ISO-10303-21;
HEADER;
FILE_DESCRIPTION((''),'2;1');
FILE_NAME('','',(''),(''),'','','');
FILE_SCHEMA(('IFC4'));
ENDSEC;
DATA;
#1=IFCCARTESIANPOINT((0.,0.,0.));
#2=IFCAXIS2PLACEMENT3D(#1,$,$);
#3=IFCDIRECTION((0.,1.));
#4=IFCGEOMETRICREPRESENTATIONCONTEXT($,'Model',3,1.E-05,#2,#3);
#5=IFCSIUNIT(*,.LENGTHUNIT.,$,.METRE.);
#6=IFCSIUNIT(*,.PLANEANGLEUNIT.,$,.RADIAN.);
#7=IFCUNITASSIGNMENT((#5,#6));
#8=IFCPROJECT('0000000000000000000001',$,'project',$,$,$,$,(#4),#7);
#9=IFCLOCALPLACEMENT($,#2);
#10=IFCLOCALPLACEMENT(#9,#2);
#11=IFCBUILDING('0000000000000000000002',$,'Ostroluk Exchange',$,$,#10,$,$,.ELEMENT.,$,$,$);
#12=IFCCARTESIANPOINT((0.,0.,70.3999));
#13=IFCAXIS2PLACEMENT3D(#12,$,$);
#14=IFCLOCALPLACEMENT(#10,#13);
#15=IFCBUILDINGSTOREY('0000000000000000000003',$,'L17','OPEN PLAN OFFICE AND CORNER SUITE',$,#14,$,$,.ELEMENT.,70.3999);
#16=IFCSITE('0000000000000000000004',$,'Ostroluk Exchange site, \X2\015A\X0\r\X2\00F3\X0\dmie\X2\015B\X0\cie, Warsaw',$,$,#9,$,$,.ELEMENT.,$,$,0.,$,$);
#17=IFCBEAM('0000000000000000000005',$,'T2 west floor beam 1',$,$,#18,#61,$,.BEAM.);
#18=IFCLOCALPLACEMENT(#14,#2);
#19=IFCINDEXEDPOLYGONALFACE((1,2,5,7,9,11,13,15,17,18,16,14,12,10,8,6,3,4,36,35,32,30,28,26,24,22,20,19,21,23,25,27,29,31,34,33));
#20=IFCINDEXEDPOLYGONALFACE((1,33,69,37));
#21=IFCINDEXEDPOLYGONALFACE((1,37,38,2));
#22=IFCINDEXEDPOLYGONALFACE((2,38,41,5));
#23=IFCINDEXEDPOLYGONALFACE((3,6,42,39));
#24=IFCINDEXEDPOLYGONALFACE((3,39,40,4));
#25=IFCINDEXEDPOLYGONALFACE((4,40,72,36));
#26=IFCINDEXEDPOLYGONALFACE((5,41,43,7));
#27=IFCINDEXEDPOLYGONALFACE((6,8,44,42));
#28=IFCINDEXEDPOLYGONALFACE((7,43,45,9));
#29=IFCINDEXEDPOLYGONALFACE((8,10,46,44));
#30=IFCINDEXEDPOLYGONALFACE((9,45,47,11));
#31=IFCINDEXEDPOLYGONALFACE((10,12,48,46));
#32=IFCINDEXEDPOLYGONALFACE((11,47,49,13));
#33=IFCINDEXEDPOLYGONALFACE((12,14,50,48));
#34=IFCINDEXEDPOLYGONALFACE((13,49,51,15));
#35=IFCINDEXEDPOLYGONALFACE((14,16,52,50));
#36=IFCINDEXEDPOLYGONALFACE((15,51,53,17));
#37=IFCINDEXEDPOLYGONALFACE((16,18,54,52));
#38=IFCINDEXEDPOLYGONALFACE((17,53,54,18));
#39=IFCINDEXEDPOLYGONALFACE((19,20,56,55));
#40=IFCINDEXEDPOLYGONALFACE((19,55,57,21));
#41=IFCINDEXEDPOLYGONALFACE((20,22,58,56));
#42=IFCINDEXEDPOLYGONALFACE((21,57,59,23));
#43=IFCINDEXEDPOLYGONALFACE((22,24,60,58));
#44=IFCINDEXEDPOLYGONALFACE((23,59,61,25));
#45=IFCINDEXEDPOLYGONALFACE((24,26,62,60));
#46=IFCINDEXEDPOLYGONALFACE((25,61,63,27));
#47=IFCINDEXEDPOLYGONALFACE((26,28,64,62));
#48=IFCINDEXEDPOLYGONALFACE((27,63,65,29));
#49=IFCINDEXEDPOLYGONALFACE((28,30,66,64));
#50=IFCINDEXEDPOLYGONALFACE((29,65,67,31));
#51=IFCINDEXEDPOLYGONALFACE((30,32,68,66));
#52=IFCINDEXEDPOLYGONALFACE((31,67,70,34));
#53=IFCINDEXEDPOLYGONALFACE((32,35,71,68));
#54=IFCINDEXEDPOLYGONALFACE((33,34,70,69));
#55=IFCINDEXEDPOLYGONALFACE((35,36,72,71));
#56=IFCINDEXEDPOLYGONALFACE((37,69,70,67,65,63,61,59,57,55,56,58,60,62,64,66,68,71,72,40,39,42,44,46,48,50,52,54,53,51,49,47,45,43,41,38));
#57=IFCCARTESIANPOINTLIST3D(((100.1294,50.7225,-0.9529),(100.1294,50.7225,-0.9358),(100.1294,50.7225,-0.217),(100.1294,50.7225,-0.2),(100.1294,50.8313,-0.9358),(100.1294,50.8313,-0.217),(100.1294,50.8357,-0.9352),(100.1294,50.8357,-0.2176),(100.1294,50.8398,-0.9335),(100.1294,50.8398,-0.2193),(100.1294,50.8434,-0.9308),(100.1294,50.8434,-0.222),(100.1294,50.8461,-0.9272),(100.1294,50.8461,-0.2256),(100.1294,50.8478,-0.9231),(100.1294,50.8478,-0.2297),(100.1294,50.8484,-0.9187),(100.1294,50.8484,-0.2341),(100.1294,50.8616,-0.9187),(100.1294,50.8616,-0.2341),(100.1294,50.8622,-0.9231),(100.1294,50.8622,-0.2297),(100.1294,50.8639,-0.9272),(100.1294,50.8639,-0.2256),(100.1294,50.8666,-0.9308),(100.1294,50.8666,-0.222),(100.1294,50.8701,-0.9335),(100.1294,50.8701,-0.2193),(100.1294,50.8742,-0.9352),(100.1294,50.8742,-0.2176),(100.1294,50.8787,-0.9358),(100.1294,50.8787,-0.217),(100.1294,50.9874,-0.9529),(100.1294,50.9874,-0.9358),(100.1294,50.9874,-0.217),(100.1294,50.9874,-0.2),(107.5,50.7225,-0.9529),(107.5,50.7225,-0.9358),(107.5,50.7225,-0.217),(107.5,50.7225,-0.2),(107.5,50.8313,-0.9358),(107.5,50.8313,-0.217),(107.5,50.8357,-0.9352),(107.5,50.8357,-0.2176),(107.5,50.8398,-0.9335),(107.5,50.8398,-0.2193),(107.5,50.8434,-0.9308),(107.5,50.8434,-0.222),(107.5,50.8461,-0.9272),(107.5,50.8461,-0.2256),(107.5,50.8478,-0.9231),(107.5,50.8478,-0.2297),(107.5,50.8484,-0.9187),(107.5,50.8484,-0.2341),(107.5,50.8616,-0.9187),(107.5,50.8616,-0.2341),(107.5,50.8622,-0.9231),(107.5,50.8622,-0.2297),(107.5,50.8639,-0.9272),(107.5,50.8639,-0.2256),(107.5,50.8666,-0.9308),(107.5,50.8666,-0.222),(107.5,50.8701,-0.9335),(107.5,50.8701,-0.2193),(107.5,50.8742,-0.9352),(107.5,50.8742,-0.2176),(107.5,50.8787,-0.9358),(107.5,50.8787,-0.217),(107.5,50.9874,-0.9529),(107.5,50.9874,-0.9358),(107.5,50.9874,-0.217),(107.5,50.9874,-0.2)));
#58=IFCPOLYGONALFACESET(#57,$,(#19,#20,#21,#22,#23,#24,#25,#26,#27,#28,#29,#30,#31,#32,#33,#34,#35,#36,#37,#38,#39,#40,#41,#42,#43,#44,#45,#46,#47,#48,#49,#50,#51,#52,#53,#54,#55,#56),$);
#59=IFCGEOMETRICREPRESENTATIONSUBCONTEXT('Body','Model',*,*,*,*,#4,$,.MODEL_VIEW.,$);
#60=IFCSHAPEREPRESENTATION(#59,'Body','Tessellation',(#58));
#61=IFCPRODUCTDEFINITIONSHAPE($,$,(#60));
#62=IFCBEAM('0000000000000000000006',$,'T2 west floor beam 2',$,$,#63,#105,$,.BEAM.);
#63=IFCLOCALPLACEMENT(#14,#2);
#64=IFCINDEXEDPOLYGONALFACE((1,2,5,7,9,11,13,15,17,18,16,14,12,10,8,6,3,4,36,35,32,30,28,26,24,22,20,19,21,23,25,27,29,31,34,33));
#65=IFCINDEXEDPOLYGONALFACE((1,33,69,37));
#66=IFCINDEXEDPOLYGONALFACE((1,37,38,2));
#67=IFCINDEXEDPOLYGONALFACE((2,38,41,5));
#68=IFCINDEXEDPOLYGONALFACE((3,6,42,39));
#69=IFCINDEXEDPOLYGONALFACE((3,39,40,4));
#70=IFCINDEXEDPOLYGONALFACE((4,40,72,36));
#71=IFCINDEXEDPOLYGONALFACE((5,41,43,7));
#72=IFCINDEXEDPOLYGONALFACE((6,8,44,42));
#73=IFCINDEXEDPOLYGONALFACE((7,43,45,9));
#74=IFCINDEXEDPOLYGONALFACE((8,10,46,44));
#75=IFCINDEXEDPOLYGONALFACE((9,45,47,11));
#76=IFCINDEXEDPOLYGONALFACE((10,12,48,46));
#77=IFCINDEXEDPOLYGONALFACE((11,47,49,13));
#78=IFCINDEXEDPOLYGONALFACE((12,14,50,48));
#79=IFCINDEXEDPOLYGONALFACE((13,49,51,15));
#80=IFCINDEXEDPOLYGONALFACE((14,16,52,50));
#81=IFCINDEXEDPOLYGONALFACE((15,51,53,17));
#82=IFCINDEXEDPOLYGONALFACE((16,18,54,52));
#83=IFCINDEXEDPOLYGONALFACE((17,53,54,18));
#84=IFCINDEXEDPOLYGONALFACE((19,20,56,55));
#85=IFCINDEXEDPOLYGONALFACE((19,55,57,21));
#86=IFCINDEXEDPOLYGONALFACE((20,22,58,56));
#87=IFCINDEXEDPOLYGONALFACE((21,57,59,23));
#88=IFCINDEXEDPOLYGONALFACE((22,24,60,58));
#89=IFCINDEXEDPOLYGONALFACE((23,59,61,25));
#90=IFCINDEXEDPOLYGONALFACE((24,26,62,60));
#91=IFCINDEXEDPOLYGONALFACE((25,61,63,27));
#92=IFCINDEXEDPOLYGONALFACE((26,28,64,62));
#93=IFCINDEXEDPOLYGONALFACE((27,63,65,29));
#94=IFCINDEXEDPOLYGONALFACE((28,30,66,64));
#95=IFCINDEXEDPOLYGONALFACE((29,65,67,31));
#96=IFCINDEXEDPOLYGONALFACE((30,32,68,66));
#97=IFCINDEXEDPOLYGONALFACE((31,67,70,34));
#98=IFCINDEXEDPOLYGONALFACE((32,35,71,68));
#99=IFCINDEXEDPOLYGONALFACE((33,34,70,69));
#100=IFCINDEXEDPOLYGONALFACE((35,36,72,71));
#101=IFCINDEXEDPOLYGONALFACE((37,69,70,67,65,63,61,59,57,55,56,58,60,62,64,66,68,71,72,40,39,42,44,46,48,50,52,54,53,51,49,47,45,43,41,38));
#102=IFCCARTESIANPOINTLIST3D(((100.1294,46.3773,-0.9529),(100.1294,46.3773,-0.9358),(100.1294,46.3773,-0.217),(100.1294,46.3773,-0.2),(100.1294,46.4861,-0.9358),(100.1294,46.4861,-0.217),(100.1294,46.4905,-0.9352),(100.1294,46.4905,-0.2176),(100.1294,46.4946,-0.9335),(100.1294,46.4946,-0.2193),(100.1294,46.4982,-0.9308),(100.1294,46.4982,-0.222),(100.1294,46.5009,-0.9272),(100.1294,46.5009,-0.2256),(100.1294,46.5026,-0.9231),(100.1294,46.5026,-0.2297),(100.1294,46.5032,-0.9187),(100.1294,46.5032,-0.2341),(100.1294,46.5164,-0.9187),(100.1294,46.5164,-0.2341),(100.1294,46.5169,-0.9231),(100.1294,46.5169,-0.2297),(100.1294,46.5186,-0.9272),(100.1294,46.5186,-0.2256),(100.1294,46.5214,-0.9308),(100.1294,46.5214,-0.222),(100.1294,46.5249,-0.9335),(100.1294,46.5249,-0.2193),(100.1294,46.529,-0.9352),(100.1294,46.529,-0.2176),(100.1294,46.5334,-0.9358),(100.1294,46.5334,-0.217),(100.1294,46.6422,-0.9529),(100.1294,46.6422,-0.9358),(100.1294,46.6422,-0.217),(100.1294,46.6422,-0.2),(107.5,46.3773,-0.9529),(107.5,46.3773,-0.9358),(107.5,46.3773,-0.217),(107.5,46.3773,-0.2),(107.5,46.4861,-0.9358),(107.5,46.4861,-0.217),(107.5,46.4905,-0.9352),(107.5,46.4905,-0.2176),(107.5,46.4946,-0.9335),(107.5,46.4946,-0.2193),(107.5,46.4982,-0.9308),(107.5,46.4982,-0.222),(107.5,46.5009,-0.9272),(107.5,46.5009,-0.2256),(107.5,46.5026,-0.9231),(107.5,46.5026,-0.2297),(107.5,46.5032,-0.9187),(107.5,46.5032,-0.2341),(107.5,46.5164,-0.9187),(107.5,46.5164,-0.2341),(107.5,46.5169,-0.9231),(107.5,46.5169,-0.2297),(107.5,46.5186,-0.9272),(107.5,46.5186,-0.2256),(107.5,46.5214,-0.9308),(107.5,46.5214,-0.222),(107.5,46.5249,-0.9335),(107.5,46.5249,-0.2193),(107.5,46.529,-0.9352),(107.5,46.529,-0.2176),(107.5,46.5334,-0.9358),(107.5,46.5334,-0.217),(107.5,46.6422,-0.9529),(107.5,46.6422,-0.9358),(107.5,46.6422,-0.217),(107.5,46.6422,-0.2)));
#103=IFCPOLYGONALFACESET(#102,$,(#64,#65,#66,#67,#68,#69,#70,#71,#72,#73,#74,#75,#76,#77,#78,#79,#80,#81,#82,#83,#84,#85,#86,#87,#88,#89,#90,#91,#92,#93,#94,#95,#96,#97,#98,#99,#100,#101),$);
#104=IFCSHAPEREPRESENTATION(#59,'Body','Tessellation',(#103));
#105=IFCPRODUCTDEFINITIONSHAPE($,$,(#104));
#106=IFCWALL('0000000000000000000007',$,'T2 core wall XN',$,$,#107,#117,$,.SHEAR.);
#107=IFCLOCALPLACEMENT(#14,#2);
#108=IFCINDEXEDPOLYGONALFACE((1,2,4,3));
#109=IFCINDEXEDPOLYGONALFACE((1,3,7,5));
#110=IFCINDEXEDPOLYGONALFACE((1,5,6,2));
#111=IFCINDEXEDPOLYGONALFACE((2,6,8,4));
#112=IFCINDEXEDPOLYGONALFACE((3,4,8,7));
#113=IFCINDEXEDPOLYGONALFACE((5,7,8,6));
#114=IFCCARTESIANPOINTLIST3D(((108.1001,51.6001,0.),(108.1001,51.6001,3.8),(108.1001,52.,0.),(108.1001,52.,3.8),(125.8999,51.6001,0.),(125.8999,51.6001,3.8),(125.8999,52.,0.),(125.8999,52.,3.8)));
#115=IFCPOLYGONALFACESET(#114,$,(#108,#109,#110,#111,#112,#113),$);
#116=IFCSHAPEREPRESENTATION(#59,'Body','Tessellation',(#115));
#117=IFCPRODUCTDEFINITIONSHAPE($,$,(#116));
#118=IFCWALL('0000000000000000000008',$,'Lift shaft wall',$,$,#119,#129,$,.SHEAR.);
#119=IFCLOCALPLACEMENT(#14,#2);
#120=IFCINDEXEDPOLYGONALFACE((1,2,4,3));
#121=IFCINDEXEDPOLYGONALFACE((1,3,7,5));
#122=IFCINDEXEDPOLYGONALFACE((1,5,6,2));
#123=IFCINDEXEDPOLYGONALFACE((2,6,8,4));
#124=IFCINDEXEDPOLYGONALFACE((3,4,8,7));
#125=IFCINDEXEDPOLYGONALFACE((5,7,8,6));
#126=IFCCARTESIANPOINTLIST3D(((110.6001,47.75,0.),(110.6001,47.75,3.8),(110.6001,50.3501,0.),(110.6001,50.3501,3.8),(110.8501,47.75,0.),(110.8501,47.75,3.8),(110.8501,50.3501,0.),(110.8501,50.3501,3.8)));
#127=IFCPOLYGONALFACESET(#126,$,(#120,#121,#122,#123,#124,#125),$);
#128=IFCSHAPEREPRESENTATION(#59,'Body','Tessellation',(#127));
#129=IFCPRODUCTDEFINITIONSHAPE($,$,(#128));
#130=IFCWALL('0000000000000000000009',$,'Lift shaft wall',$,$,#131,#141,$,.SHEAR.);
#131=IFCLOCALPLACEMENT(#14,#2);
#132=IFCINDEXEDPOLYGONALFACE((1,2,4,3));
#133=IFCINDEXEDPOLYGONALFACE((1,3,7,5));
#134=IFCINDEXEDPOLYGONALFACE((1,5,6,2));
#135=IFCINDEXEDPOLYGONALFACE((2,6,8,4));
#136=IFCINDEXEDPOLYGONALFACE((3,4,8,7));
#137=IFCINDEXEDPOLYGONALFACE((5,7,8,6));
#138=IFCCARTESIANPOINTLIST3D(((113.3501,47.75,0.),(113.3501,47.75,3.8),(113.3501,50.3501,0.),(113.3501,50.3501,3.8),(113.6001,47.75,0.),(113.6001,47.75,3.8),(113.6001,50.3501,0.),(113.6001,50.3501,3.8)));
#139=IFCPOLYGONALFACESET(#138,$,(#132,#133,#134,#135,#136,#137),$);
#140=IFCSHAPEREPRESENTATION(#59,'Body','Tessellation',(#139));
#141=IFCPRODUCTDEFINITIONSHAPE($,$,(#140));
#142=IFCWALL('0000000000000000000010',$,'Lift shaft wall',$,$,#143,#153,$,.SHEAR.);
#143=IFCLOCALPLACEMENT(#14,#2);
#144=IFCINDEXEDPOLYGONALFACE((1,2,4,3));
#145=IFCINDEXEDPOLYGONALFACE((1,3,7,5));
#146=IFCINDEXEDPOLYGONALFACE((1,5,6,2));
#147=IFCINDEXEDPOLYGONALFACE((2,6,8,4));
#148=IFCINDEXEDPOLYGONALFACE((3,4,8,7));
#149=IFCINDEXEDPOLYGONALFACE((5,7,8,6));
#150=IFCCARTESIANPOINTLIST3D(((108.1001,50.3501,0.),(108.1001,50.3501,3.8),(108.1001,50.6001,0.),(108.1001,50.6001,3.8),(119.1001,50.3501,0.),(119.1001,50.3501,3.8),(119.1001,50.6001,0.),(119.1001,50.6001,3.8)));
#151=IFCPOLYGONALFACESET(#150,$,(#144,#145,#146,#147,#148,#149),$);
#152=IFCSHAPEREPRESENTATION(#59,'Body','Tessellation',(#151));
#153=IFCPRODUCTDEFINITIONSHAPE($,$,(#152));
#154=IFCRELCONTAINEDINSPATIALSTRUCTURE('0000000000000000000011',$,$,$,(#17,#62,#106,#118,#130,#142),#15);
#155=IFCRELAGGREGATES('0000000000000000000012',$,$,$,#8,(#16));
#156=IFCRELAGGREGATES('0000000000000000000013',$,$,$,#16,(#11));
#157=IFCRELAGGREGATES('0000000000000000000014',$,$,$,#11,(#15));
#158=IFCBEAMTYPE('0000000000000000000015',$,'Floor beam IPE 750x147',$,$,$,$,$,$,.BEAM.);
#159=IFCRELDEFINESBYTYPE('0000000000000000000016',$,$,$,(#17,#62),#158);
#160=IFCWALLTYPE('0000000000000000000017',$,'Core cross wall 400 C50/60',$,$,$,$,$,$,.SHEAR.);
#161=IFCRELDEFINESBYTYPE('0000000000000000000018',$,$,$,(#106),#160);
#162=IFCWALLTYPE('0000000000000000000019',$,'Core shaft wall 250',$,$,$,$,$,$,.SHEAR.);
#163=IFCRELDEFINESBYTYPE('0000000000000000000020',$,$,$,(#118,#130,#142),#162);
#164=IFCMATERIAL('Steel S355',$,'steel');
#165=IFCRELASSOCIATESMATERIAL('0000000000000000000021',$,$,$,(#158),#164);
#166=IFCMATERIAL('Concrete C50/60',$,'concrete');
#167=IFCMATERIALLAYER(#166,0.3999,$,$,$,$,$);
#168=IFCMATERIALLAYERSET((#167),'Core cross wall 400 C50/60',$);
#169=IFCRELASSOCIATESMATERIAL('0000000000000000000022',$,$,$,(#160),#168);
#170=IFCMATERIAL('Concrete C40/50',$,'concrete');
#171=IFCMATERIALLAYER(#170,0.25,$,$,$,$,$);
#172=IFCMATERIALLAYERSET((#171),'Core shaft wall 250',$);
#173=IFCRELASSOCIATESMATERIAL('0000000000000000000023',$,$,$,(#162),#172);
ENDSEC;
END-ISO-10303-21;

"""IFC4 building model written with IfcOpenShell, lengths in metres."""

from ifc_helpers import new_model, si_unit, direction, frame, frame_2d, origin, origin_2d, place, context, subcontext, project, spatial, rectangle, i_section, extrude, material, layer, layer_set, material_profile, profile_set, type_object, element, save


model = new_model("IFC4")

# Units and contexts
model_context = context("Model", 3, precision=1e-05, world=origin(), true_north=direction((0.0, 1.0)))
body_context = subcontext(model_context, "Body", "Model", "MODEL_VIEW")
ifc_project = project(units=[si_unit("LENGTHUNIT", "METRE"), si_unit("PLANEANGLEUNIT", "RADIAN")], contexts=[model_context])

# Site, building, storey
site_placement = place(None, origin())
site = spatial("IfcSite", under=ifc_project, at=site_placement, Name="Ostroluk Exchange site, Śródmieście, Warsaw", CompositionType="ELEMENT", RefElevation=0.0)
building_placement = place(site_placement, origin())
building = spatial("IfcBuilding", under=site, at=building_placement, Name="Ostroluk Exchange", CompositionType="ELEMENT")
storey_placement = place(building_placement, frame((0.0, 0.0, 70.3999)))
storey = spatial("IfcBuildingStorey", under=building, at=storey_placement, Name="L17", Description="OPEN PLAN OFFICE AND CORNER SUITE", CompositionType="ELEMENT", Elevation=70.3999)

# Beams
ifc_material_1 = material(Name="Steel S355", Category="steel")
ifc_material_profile = material_profile(ifc_material_1, i_section(OverallWidth=0.2649, OverallDepth=0.7529, WebThickness=0.0132, FlangeThickness=0.0171, FilletRadius=0.0171, at=origin_2d()), Name="IPE 750x147")
ifc_profile_set = profile_set([ifc_material_profile], Name="Steel S355")
beam_type = type_object("IfcBeamType", Name="Floor beam IPE 750x147", PredefinedType="BEAM", material=ifc_profile_set)
for number, where, z_axis, x_axis, name in (
    (1, (107.5, 50.855, -0.5764), (-1.0, 0.0, 0.0), (0.0, -1.0, 0.0), "T2 west floor beam 1"),
    (2, (107.5, 46.5098, -0.5764), (-1.0, 0.0, 0.0), (0.0, -1.0, 0.0), "T2 west floor beam 2"),
):
    element("IfcBeam", number, at=place(storey_placement, frame(where, z_axis=z_axis, x_axis=x_axis)), inside=storey, type_object=beam_type, Name=name, PredefinedType="BEAM", context=body_context, shape_type="SweptSolid", body=[
        extrude(i_section(OverallWidth=0.2649, OverallDepth=0.7529, WebThickness=0.0132, FlangeThickness=0.0171, FilletRadius=0.0171, at=origin_2d()), origin(), (0.0, 0.0, 1.0), 7.3706),
    ])

# Walls
ifc_material_2 = material(Name="Concrete C50/60", Category="concrete")
ifc_layer_1 = layer(ifc_material_2, 0.3999)
ifc_layer_set_1 = layer_set([ifc_layer_1], Name="Core cross wall 400 C50/60")
wall_type_1 = type_object("IfcWallType", Name="Core cross wall 400 C50/60", PredefinedType="SHEAR", material=ifc_layer_set_1)
wall_1_placement = place(storey_placement, frame((108.1001, 51.8, 0.0), z_axis=(0.0, 0.0, 1.0), x_axis=(1.0, 0.0, 0.0)))
element("IfcWall", 3, at=wall_1_placement, inside=storey, type_object=wall_type_1, Name="T2 core wall XN", PredefinedType="SHEAR", context=body_context, shape_type="SweptSolid", body=[
    extrude(rectangle(XDim=17.7998, YDim=0.3999, at=frame_2d((8.8999, 0.0))), origin(), (0.0, 0.0, 1.0), 3.8),
])
ifc_material_3 = material(Name="Concrete C40/50", Category="concrete")
ifc_layer_2 = layer(ifc_material_3, 0.25)
ifc_layer_set_2 = layer_set([ifc_layer_2], Name="Core shaft wall 250")
wall_type_2 = type_object("IfcWallType", Name="Core shaft wall 250", PredefinedType="SHEAR", material=ifc_layer_set_2)
for number, where, z_axis, x_axis, name in (
    (4, (110.7251, 47.75, 0.0), (0.0, 0.0, 1.0), (0.0, 1.0, 0.0), "Lift shaft wall"),
    (5, (113.4751, 47.75, 0.0), (0.0, 0.0, 1.0), (0.0, 1.0, 0.0), "Lift shaft wall"),
):
    element("IfcWall", number, at=place(storey_placement, frame(where, z_axis=z_axis, x_axis=x_axis)), inside=storey, type_object=wall_type_2, Name=name, PredefinedType="SHEAR", context=body_context, shape_type="SweptSolid", body=[
        extrude(rectangle(XDim=2.6001, YDim=0.25, at=frame_2d((1.3, 0.0))), origin(), (0.0, 0.0, 1.0), 3.8),
    ])
wall_2_placement = place(storey_placement, frame((108.1001, 50.4751, 0.0), z_axis=(0.0, 0.0, 1.0), x_axis=(1.0, 0.0, 0.0)))
element("IfcWall", 6, at=wall_2_placement, inside=storey, type_object=wall_type_2, Name="Lift shaft wall", PredefinedType="SHEAR", context=body_context, shape_type="SweptSolid", body=[
    extrude(rectangle(XDim=11.0, YDim=0.25, at=frame_2d((5.5, 0.0))), origin(), (0.0, 0.0, 1.0), 3.8),
])

save(model, "model.ifc")
